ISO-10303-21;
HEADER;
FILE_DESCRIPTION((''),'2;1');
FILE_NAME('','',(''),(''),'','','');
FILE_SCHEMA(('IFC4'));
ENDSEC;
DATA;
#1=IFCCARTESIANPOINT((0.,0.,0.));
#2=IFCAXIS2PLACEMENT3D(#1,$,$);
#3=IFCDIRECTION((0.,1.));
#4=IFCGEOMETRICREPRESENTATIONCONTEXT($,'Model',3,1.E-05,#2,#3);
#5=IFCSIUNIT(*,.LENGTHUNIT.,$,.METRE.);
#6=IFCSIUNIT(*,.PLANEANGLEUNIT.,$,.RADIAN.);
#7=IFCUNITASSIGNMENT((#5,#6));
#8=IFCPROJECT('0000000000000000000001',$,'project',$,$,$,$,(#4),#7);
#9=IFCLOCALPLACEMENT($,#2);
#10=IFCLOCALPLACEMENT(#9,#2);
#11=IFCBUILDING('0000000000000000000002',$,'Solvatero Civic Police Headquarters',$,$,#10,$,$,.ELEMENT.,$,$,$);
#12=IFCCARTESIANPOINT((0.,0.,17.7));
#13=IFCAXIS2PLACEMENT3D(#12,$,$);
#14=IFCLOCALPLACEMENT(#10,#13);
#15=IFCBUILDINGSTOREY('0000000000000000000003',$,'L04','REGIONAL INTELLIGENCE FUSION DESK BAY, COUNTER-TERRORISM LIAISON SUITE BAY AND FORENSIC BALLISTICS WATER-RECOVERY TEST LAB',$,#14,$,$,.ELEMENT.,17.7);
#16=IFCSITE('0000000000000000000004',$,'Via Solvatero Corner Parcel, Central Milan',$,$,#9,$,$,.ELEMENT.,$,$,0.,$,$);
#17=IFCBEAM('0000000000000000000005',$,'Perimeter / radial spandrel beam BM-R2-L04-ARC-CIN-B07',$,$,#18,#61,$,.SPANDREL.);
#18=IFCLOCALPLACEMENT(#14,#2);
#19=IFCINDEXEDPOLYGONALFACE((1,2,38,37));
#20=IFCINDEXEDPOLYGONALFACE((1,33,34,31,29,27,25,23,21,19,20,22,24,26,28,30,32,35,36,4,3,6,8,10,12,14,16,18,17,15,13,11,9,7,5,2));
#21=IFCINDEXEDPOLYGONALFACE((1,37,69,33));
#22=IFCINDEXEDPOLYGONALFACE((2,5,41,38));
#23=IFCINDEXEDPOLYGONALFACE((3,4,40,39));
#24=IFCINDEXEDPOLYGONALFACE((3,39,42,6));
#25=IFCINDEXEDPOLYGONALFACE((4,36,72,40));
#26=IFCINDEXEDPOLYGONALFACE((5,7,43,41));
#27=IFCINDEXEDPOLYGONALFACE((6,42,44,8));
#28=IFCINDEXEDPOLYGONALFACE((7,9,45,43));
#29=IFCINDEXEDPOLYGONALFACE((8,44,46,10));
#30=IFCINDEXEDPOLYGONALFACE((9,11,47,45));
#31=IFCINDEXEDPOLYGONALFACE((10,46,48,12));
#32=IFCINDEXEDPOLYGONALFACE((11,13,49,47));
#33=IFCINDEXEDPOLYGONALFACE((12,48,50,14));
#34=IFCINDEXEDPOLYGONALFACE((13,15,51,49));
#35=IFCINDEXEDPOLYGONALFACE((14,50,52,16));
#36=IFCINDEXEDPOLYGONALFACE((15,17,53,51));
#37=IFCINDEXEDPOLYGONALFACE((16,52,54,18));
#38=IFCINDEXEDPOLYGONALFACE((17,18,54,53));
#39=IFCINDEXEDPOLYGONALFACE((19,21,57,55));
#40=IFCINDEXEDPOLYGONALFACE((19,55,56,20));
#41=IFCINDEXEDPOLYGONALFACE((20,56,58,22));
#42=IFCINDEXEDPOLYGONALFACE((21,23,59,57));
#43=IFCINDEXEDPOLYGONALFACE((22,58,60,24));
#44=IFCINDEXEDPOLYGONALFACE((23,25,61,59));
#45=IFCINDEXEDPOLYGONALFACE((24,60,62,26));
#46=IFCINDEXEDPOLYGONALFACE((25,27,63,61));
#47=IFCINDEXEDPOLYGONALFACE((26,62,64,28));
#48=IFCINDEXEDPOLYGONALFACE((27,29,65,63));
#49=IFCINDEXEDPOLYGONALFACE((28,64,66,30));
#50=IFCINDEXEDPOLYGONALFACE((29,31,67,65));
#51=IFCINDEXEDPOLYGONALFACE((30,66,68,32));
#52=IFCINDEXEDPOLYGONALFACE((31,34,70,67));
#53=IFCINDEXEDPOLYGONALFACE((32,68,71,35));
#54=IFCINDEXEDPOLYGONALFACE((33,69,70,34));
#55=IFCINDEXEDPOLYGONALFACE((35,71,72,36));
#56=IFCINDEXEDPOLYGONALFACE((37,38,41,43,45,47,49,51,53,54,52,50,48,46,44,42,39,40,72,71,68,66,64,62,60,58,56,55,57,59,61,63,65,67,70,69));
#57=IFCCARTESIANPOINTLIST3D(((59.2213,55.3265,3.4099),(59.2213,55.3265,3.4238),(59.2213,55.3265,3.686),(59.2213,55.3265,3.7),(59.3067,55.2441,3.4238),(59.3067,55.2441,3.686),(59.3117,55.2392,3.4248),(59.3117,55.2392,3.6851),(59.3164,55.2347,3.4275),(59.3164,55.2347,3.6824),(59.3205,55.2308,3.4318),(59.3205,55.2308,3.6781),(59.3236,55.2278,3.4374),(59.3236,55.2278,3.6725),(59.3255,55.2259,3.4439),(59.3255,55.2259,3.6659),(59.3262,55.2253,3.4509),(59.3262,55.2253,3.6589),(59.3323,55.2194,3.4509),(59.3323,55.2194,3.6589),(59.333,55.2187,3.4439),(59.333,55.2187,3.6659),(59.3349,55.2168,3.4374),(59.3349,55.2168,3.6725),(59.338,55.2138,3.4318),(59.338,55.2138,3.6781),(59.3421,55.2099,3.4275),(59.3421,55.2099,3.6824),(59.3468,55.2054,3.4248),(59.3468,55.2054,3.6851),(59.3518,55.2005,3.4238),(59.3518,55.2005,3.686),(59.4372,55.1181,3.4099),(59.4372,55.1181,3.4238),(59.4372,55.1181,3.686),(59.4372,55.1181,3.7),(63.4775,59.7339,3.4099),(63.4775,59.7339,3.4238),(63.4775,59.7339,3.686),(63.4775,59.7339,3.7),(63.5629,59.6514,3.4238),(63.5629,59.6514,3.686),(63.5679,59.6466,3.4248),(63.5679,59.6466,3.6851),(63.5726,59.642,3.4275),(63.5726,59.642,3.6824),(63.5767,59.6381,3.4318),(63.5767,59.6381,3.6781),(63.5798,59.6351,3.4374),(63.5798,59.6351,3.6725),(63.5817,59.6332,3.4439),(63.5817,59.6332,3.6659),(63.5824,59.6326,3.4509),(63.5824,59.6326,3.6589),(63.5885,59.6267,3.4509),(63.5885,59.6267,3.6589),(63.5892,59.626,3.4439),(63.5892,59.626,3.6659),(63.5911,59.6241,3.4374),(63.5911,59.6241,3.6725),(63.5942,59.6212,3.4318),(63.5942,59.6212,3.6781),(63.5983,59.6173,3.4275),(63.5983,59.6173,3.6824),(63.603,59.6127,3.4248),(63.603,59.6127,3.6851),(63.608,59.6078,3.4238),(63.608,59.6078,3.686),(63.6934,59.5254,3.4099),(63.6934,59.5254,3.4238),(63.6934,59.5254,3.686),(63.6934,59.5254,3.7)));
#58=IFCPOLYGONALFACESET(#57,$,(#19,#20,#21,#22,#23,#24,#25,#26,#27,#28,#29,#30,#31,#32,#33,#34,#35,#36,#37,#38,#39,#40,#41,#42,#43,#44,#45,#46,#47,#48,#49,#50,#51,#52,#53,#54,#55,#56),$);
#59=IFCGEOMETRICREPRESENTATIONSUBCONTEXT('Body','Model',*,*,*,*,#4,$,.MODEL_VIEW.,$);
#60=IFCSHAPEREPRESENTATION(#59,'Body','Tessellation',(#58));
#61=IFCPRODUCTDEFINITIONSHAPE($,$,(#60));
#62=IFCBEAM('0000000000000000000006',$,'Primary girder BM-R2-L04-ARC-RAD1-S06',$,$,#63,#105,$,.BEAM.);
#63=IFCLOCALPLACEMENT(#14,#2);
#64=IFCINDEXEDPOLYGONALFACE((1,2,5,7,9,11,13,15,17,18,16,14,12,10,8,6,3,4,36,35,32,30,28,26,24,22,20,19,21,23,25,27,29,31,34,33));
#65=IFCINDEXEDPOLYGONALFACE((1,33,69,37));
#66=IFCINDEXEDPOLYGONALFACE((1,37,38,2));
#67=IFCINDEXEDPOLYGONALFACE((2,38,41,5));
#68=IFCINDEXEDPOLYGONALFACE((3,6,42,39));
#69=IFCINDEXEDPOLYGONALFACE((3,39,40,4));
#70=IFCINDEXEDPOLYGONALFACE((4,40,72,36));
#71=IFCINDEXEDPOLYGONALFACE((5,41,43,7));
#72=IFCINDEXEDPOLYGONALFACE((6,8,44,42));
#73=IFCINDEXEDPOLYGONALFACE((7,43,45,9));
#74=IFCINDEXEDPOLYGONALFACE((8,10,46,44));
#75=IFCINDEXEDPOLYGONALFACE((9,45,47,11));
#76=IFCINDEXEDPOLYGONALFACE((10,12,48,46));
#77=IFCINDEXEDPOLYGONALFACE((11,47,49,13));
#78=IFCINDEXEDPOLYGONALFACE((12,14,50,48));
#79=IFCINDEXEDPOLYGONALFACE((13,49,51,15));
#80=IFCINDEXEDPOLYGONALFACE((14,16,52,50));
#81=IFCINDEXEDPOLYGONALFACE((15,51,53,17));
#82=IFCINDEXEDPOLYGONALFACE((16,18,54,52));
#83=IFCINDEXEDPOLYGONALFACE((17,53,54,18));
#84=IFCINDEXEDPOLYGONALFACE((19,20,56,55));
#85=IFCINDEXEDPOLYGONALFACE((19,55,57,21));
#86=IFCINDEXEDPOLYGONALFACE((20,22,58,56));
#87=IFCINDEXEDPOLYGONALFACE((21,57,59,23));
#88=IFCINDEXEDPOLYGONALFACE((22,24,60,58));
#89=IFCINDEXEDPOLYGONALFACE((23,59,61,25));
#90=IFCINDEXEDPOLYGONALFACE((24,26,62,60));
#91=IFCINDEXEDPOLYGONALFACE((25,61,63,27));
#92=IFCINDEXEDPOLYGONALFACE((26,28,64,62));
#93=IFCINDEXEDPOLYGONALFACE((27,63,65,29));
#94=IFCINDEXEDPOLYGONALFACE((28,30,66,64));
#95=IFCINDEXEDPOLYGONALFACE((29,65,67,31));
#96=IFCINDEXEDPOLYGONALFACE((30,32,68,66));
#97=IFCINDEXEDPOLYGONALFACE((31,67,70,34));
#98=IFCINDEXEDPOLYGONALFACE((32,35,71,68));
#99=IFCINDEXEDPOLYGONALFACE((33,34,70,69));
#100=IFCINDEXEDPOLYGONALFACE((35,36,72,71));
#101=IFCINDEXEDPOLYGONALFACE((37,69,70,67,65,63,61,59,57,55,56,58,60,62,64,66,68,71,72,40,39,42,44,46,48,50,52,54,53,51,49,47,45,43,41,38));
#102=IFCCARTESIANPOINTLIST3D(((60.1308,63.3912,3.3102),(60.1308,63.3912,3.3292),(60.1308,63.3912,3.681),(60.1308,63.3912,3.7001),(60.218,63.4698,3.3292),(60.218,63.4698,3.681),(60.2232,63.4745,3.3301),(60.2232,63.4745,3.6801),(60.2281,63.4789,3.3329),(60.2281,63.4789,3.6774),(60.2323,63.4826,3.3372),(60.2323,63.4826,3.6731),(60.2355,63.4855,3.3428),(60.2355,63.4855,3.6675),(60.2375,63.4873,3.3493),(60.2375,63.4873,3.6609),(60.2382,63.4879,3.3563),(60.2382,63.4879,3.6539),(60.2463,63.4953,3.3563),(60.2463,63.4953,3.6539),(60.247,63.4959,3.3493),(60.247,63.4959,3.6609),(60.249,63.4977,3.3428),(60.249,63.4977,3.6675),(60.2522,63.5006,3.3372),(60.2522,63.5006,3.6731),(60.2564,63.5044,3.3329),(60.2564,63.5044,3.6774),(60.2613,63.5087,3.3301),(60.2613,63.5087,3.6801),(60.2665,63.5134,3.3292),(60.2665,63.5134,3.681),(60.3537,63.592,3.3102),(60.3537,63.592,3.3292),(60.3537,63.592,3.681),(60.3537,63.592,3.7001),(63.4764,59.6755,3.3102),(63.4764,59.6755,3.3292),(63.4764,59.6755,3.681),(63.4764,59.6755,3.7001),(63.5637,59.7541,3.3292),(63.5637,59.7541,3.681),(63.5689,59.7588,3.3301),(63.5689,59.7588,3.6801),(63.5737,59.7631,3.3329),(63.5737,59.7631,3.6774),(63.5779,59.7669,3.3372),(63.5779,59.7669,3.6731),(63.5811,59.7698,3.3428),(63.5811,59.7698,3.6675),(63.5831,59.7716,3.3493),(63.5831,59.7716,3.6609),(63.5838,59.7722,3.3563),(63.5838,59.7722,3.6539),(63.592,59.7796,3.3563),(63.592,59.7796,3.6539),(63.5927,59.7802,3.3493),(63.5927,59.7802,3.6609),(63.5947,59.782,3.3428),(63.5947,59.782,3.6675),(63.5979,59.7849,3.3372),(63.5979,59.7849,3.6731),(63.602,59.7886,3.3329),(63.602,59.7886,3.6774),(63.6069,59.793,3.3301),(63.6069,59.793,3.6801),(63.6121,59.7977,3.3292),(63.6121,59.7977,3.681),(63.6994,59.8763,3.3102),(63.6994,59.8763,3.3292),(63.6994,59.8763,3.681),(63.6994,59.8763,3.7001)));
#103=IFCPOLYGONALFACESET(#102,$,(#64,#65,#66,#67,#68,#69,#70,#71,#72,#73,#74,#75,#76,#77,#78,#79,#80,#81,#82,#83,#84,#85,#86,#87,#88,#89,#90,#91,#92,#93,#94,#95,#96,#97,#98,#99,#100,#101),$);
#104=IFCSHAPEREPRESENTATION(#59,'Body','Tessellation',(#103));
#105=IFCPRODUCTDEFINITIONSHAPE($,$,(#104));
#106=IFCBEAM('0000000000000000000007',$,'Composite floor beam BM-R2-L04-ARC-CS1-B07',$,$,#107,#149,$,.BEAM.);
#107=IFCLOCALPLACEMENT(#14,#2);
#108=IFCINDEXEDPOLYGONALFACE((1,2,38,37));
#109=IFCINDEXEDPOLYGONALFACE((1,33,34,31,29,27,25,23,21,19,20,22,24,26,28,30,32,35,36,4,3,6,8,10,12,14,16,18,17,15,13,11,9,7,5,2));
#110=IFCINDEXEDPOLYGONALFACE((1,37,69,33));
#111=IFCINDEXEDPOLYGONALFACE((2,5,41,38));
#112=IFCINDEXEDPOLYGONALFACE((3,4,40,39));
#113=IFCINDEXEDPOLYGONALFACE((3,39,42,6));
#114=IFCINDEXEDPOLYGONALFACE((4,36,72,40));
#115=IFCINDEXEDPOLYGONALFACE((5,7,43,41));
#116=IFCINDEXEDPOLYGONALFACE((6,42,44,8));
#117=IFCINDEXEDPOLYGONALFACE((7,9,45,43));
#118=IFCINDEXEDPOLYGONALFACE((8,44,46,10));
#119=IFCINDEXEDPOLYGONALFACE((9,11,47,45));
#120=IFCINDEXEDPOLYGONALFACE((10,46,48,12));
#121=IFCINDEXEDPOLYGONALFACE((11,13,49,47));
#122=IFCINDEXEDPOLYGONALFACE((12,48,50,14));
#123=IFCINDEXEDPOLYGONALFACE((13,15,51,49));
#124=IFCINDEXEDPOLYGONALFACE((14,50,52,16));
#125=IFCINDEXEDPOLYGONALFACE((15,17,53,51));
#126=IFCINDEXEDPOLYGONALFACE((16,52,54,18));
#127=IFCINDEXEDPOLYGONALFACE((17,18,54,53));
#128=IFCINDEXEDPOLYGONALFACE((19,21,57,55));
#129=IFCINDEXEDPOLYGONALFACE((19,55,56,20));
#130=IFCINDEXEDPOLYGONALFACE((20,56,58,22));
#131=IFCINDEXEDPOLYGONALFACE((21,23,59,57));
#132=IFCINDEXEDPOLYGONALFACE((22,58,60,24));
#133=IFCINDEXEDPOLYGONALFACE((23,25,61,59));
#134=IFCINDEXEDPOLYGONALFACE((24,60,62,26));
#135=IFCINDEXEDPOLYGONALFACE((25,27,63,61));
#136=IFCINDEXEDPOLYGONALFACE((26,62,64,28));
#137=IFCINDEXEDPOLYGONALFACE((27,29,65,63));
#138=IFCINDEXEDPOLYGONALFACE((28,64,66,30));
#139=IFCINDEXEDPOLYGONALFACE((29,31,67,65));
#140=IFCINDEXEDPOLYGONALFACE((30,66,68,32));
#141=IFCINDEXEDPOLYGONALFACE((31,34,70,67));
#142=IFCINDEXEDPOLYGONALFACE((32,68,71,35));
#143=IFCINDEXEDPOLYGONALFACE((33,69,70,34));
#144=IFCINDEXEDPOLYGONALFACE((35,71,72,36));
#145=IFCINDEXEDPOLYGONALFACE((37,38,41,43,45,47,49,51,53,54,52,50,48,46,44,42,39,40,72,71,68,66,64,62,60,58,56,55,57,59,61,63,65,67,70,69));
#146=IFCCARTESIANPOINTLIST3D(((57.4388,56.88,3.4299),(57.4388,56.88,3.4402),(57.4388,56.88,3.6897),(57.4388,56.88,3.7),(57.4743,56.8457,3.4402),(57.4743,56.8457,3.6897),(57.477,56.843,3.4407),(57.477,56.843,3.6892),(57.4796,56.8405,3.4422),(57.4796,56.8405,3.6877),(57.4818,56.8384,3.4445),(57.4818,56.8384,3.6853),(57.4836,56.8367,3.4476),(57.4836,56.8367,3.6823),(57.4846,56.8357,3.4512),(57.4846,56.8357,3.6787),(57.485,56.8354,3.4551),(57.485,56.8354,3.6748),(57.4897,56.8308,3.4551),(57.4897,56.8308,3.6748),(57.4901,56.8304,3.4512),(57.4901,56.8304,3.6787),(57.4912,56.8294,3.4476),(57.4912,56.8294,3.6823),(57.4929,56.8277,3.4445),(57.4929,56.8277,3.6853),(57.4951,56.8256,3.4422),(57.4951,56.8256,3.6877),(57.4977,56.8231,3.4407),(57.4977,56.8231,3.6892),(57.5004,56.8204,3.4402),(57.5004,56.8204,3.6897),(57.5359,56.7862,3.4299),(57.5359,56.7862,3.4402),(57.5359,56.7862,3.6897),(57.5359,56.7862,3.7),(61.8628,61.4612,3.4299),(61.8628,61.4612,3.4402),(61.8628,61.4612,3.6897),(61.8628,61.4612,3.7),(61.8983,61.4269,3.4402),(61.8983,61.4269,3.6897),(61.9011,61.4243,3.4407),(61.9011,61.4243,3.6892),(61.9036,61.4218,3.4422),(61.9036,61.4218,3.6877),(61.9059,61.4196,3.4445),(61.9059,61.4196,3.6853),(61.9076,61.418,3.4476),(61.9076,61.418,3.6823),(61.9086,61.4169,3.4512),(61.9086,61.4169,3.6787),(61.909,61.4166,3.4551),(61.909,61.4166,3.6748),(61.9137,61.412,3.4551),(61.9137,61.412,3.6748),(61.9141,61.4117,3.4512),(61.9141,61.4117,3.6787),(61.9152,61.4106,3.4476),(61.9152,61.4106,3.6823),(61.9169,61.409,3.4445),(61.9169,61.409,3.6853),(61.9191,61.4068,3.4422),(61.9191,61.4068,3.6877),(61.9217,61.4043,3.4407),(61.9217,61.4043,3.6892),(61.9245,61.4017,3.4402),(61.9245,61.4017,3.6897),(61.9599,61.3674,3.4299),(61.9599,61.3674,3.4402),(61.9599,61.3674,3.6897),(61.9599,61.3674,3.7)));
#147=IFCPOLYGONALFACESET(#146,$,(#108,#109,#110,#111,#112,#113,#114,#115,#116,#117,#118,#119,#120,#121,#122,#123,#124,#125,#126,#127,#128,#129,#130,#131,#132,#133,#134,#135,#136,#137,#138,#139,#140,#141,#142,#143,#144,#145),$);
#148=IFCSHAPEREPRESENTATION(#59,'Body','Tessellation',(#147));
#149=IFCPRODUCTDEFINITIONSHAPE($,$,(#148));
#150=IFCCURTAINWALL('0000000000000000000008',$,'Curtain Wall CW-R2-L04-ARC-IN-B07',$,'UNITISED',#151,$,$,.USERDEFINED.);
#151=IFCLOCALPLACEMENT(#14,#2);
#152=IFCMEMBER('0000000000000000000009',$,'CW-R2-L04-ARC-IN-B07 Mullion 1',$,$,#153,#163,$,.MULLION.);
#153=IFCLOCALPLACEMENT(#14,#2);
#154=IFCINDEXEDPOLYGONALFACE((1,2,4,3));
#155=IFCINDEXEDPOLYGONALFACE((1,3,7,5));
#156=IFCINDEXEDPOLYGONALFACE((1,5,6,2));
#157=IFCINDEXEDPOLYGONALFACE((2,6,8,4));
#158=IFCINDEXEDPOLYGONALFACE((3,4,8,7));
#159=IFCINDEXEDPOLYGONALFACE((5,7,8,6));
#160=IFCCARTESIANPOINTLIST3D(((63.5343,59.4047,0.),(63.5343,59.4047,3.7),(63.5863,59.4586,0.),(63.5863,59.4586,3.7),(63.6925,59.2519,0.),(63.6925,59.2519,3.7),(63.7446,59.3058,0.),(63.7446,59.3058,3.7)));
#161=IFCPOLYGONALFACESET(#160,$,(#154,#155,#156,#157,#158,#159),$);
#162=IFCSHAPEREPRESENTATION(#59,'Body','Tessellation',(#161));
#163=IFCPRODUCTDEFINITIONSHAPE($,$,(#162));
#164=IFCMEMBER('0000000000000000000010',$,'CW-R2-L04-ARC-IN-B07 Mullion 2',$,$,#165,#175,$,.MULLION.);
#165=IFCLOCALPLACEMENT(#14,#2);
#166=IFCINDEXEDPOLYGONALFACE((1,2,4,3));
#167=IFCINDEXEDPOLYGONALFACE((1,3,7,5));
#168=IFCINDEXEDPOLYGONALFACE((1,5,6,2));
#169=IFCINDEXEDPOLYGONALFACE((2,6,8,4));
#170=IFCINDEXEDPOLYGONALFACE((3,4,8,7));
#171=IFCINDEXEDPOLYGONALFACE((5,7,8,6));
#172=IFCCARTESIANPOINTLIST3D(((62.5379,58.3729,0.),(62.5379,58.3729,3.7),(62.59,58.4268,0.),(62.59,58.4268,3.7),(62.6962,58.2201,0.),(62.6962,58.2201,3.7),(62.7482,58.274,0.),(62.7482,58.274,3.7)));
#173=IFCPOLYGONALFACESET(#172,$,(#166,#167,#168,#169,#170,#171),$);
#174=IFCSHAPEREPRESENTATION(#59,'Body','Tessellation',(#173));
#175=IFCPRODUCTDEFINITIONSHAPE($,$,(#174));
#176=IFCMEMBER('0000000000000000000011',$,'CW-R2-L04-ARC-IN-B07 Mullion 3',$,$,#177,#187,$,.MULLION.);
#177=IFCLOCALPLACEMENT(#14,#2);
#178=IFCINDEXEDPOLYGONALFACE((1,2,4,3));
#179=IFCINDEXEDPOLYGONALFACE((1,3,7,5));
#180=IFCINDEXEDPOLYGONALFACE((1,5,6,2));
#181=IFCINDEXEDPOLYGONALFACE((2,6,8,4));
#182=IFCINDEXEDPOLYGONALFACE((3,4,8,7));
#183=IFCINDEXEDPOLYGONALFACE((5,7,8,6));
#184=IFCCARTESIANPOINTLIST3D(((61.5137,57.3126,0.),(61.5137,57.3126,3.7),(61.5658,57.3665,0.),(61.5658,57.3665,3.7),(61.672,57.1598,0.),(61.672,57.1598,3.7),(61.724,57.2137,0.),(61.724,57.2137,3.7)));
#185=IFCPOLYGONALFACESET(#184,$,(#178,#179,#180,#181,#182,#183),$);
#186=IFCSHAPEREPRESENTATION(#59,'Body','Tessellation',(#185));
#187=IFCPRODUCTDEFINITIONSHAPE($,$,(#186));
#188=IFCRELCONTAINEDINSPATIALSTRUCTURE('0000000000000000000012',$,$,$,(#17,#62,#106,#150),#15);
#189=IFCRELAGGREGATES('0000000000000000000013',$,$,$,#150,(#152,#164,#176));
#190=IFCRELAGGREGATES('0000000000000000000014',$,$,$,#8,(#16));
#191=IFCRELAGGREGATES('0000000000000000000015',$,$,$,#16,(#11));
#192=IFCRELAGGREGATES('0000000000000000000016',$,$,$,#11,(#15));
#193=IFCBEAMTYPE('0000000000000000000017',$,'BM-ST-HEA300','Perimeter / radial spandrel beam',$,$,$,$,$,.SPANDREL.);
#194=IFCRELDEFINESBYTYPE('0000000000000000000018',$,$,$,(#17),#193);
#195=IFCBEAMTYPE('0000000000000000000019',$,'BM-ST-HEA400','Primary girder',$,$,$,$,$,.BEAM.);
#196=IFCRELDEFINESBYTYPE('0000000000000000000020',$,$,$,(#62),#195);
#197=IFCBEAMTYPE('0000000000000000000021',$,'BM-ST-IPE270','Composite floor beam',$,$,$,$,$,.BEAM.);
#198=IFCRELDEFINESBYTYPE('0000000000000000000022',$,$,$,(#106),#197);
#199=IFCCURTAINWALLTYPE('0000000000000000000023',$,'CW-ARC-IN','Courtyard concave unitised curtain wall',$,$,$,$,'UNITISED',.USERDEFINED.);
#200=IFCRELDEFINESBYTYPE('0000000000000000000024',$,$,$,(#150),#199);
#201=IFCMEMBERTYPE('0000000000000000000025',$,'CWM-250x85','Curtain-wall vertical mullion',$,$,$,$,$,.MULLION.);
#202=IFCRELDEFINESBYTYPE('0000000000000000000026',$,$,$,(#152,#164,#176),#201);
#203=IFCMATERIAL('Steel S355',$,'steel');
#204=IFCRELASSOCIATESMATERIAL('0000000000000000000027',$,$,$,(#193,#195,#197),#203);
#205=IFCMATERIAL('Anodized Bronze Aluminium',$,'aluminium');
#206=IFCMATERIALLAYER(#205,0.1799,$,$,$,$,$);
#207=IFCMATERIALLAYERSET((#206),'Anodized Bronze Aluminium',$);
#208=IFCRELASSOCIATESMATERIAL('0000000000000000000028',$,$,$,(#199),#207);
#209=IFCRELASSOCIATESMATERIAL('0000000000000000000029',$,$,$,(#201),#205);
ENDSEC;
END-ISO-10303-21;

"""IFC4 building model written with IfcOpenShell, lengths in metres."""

from ifc_helpers import new_model, si_unit, direction, frame, origin, origin_2d, place, context, subcontext, project, spatial, rectangle, i_section, extrude, material, layer, layer_set, material_profile, profile_set, type_object, element, aggregate, save


model = new_model("IFC4")

# Units and contexts
model_context = context("Model", 3, precision=1e-05, world=origin(), true_north=direction((0.0, 1.0)))
body_context = subcontext(model_context, "Body", "Model", "MODEL_VIEW")
ifc_project = project(units=[si_unit("LENGTHUNIT", "METRE"), si_unit("PLANEANGLEUNIT", "RADIAN")], contexts=[model_context])

# Site, building, storey
site_placement = place(None, origin())
site = spatial("IfcSite", under=ifc_project, at=site_placement, Name="Via Solvatero Corner Parcel, Central Milan", CompositionType="ELEMENT", RefElevation=0.0)
building_placement = place(site_placement, origin())
building = spatial("IfcBuilding", under=site, at=building_placement, Name="Solvatero Civic Police Headquarters", CompositionType="ELEMENT")
storey_placement = place(building_placement, frame((0.0, 0.0, 17.7)))
storey = spatial("IfcBuildingStorey", under=building, at=storey_placement, Name="L04", Description="REGIONAL INTELLIGENCE FUSION DESK BAY, COUNTER-TERRORISM LIAISON SUITE BAY AND FORENSIC BALLISTICS WATER-RECOVERY TEST LAB", CompositionType="ELEMENT", Elevation=17.7)

# Beams
ifc_material_1 = material(Name="Steel S355", Category="steel")
ifc_material_profile_1 = material_profile(ifc_material_1, i_section(OverallWidth=0.3, OverallDepth=0.29, WebThickness=0.0085, FlangeThickness=0.0139, FilletRadius=0.0271, at=origin_2d()), Name="HEA 300")
ifc_profile_set_1 = profile_set([ifc_material_profile_1], Name="Steel S355")
beam_type_1 = type_object("IfcBeamType", Name="BM-ST-HEA300", Description="Perimeter / radial spandrel beam", PredefinedType="SPANDREL", material=ifc_profile_set_1)
beam_1_placement = place(storey_placement, frame((63.5854, 59.6296, 3.5549), z_axis=(-0.694666, -0.719332, 0.0), x_axis=(0.719332, -0.694666, 0.0)))
element("IfcBeam", 1, at=beam_1_placement, inside=storey, type_object=beam_type_1, Name="Perimeter / radial spandrel beam BM-R2-L04-ARC-CIN-B07", PredefinedType="SPANDREL", context=body_context, shape_type="SweptSolid", body=[
    extrude(i_section(OverallWidth=0.3, OverallDepth=0.29, WebThickness=0.0085, FlangeThickness=0.0139, FilletRadius=0.0271, at=origin_2d()), origin(), (0.0, 0.0, 1.0), 6.127),
])
ifc_material_profile_2 = material_profile(ifc_material_1, i_section(OverallWidth=0.3, OverallDepth=0.3899, WebThickness=0.011, FlangeThickness=0.019, FilletRadius=0.0271, at=origin_2d()), Name="HEA 400")
ifc_profile_set_2 = profile_set([ifc_material_profile_2], Name="Steel S355")
beam_type_2 = type_object("IfcBeamType", Name="BM-ST-HEA400", Description="Primary girder", PredefinedType="BEAM", material=ifc_profile_set_2)
beam_2_placement = place(storey_placement, frame((63.5879, 59.7759, 3.5051), z_axis=(-0.669127, 0.743148, 0.0), x_axis=(-0.743148, -0.669127, 0.0)))
element("IfcBeam", 2, at=beam_2_placement, inside=storey, type_object=beam_type_2, Name="Primary girder BM-R2-L04-ARC-RAD1-S06", PredefinedType="BEAM", context=body_context, shape_type="SweptSolid", body=[
    extrude(i_section(OverallWidth=0.3, OverallDepth=0.3899, WebThickness=0.011, FlangeThickness=0.019, FilletRadius=0.0271, at=origin_2d()), origin(), (0.0, 0.0, 1.0), 5.0),
])
ifc_material_profile_3 = material_profile(ifc_material_1, i_section(OverallWidth=0.135, OverallDepth=0.27, WebThickness=0.0066, FlangeThickness=0.0103, FilletRadius=0.0149, at=origin_2d()), Name="IPE 270")
ifc_profile_set_3 = profile_set([ifc_material_profile_3], Name="Steel S355")
beam_type_3 = type_object("IfcBeamType", Name="BM-ST-IPE270", Description="Composite floor beam", PredefinedType="BEAM", material=ifc_profile_set_3)
beam_3_placement = place(storey_placement, frame((61.9114, 61.4143, 3.5649), z_axis=(-0.694655, -0.719343, 0.0), x_axis=(0.719343, -0.694655, 0.0)))
element("IfcBeam", 3, at=beam_3_placement, inside=storey, type_object=beam_type_3, Name="Composite floor beam BM-R2-L04-ARC-CS1-B07", PredefinedType="BEAM", context=body_context, shape_type="SweptSolid", body=[
    extrude(i_section(OverallWidth=0.135, OverallDepth=0.27, WebThickness=0.0066, FlangeThickness=0.0103, FilletRadius=0.0149, at=origin_2d()), origin(), (0.0, 0.0, 1.0), 6.3687),
])

# Curtain wall, members
ifc_material_2 = material(Name="Anodized Bronze Aluminium", Category="aluminium")
ifc_layer_1 = layer(ifc_material_2, 0.1799)
ifc_layer_set_1 = layer_set([ifc_layer_1], Name="Anodized Bronze Aluminium")
curtain_wall_type = type_object("IfcCurtainWallType", Name="CW-ARC-IN", Description="Courtyard concave unitised curtain wall", ElementType="UNITISED", PredefinedType="USERDEFINED", material=ifc_layer_set_1)
curtain_wall_placement = place(storey_placement, origin())
curtain_wall = element("IfcCurtainWall", 4, at=curtain_wall_placement, inside=storey, type_object=curtain_wall_type, Name="Curtain Wall CW-R2-L04-ARC-IN-B07", ObjectType="UNITISED", PredefinedType="USERDEFINED")
ifc_material_profile_4 = material_profile(ifc_material_2, rectangle(XDim=0.075, YDim=0.22, at=origin_2d()), Name="ALU MULLION 75x220")
ifc_profile_set_4 = profile_set([ifc_material_profile_4], Name="Anodized Bronze Aluminium")
member_type_1 = type_object("IfcMemberType", Name="CWM-250x85", Description="Curtain-wall vertical mullion", PredefinedType="MULLION", material=ifc_profile_set_4)
member_1_placement = place(storey_placement, frame((63.6394, 59.3552, 0.0), z_axis=(0.0, 0.0, 1.0), x_axis=(-0.694658, -0.71934, 0.0)))
member_1 = element("IfcMember", 5, at=member_1_placement, type_object=member_type_1, Name="CW-R2-L04-ARC-IN-B07 Mullion 1", PredefinedType="MULLION", context=body_context, shape_type="SweptSolid", body=[
    extrude(rectangle(XDim=0.075, YDim=0.22, at=origin_2d()), origin(), (0.0, 0.0, 1.0), 3.7),
])
member_2_placement = place(storey_placement, frame((62.6431, 58.3235, 0.0), z_axis=(0.0, 0.0, 1.0), x_axis=(-0.694658, -0.71934, 0.0)))
member_2 = element("IfcMember", 6, at=member_2_placement, type_object=member_type_1, Name="CW-R2-L04-ARC-IN-B07 Mullion 2", PredefinedType="MULLION", context=body_context, shape_type="SweptSolid", body=[
    extrude(rectangle(XDim=0.075, YDim=0.22, at=origin_2d()), origin(), (0.0, 0.0, 1.0), 3.7),
])
member_3_placement = place(storey_placement, frame((61.6189, 57.2632, 0.0), z_axis=(0.0, 0.0, 1.0), x_axis=(-0.694658, -0.71934, 0.0)))
member_3 = element("IfcMember", 7, at=member_3_placement, type_object=member_type_1, Name="CW-R2-L04-ARC-IN-B07 Mullion 3", PredefinedType="MULLION", context=body_context, shape_type="SweptSolid", body=[
    extrude(rectangle(XDim=0.075, YDim=0.22, at=origin_2d()), origin(), (0.0, 0.0, 1.0), 3.7),
])
aggregate(curtain_wall, [member_1, member_2, member_3])

save(model, "model.ifc")
